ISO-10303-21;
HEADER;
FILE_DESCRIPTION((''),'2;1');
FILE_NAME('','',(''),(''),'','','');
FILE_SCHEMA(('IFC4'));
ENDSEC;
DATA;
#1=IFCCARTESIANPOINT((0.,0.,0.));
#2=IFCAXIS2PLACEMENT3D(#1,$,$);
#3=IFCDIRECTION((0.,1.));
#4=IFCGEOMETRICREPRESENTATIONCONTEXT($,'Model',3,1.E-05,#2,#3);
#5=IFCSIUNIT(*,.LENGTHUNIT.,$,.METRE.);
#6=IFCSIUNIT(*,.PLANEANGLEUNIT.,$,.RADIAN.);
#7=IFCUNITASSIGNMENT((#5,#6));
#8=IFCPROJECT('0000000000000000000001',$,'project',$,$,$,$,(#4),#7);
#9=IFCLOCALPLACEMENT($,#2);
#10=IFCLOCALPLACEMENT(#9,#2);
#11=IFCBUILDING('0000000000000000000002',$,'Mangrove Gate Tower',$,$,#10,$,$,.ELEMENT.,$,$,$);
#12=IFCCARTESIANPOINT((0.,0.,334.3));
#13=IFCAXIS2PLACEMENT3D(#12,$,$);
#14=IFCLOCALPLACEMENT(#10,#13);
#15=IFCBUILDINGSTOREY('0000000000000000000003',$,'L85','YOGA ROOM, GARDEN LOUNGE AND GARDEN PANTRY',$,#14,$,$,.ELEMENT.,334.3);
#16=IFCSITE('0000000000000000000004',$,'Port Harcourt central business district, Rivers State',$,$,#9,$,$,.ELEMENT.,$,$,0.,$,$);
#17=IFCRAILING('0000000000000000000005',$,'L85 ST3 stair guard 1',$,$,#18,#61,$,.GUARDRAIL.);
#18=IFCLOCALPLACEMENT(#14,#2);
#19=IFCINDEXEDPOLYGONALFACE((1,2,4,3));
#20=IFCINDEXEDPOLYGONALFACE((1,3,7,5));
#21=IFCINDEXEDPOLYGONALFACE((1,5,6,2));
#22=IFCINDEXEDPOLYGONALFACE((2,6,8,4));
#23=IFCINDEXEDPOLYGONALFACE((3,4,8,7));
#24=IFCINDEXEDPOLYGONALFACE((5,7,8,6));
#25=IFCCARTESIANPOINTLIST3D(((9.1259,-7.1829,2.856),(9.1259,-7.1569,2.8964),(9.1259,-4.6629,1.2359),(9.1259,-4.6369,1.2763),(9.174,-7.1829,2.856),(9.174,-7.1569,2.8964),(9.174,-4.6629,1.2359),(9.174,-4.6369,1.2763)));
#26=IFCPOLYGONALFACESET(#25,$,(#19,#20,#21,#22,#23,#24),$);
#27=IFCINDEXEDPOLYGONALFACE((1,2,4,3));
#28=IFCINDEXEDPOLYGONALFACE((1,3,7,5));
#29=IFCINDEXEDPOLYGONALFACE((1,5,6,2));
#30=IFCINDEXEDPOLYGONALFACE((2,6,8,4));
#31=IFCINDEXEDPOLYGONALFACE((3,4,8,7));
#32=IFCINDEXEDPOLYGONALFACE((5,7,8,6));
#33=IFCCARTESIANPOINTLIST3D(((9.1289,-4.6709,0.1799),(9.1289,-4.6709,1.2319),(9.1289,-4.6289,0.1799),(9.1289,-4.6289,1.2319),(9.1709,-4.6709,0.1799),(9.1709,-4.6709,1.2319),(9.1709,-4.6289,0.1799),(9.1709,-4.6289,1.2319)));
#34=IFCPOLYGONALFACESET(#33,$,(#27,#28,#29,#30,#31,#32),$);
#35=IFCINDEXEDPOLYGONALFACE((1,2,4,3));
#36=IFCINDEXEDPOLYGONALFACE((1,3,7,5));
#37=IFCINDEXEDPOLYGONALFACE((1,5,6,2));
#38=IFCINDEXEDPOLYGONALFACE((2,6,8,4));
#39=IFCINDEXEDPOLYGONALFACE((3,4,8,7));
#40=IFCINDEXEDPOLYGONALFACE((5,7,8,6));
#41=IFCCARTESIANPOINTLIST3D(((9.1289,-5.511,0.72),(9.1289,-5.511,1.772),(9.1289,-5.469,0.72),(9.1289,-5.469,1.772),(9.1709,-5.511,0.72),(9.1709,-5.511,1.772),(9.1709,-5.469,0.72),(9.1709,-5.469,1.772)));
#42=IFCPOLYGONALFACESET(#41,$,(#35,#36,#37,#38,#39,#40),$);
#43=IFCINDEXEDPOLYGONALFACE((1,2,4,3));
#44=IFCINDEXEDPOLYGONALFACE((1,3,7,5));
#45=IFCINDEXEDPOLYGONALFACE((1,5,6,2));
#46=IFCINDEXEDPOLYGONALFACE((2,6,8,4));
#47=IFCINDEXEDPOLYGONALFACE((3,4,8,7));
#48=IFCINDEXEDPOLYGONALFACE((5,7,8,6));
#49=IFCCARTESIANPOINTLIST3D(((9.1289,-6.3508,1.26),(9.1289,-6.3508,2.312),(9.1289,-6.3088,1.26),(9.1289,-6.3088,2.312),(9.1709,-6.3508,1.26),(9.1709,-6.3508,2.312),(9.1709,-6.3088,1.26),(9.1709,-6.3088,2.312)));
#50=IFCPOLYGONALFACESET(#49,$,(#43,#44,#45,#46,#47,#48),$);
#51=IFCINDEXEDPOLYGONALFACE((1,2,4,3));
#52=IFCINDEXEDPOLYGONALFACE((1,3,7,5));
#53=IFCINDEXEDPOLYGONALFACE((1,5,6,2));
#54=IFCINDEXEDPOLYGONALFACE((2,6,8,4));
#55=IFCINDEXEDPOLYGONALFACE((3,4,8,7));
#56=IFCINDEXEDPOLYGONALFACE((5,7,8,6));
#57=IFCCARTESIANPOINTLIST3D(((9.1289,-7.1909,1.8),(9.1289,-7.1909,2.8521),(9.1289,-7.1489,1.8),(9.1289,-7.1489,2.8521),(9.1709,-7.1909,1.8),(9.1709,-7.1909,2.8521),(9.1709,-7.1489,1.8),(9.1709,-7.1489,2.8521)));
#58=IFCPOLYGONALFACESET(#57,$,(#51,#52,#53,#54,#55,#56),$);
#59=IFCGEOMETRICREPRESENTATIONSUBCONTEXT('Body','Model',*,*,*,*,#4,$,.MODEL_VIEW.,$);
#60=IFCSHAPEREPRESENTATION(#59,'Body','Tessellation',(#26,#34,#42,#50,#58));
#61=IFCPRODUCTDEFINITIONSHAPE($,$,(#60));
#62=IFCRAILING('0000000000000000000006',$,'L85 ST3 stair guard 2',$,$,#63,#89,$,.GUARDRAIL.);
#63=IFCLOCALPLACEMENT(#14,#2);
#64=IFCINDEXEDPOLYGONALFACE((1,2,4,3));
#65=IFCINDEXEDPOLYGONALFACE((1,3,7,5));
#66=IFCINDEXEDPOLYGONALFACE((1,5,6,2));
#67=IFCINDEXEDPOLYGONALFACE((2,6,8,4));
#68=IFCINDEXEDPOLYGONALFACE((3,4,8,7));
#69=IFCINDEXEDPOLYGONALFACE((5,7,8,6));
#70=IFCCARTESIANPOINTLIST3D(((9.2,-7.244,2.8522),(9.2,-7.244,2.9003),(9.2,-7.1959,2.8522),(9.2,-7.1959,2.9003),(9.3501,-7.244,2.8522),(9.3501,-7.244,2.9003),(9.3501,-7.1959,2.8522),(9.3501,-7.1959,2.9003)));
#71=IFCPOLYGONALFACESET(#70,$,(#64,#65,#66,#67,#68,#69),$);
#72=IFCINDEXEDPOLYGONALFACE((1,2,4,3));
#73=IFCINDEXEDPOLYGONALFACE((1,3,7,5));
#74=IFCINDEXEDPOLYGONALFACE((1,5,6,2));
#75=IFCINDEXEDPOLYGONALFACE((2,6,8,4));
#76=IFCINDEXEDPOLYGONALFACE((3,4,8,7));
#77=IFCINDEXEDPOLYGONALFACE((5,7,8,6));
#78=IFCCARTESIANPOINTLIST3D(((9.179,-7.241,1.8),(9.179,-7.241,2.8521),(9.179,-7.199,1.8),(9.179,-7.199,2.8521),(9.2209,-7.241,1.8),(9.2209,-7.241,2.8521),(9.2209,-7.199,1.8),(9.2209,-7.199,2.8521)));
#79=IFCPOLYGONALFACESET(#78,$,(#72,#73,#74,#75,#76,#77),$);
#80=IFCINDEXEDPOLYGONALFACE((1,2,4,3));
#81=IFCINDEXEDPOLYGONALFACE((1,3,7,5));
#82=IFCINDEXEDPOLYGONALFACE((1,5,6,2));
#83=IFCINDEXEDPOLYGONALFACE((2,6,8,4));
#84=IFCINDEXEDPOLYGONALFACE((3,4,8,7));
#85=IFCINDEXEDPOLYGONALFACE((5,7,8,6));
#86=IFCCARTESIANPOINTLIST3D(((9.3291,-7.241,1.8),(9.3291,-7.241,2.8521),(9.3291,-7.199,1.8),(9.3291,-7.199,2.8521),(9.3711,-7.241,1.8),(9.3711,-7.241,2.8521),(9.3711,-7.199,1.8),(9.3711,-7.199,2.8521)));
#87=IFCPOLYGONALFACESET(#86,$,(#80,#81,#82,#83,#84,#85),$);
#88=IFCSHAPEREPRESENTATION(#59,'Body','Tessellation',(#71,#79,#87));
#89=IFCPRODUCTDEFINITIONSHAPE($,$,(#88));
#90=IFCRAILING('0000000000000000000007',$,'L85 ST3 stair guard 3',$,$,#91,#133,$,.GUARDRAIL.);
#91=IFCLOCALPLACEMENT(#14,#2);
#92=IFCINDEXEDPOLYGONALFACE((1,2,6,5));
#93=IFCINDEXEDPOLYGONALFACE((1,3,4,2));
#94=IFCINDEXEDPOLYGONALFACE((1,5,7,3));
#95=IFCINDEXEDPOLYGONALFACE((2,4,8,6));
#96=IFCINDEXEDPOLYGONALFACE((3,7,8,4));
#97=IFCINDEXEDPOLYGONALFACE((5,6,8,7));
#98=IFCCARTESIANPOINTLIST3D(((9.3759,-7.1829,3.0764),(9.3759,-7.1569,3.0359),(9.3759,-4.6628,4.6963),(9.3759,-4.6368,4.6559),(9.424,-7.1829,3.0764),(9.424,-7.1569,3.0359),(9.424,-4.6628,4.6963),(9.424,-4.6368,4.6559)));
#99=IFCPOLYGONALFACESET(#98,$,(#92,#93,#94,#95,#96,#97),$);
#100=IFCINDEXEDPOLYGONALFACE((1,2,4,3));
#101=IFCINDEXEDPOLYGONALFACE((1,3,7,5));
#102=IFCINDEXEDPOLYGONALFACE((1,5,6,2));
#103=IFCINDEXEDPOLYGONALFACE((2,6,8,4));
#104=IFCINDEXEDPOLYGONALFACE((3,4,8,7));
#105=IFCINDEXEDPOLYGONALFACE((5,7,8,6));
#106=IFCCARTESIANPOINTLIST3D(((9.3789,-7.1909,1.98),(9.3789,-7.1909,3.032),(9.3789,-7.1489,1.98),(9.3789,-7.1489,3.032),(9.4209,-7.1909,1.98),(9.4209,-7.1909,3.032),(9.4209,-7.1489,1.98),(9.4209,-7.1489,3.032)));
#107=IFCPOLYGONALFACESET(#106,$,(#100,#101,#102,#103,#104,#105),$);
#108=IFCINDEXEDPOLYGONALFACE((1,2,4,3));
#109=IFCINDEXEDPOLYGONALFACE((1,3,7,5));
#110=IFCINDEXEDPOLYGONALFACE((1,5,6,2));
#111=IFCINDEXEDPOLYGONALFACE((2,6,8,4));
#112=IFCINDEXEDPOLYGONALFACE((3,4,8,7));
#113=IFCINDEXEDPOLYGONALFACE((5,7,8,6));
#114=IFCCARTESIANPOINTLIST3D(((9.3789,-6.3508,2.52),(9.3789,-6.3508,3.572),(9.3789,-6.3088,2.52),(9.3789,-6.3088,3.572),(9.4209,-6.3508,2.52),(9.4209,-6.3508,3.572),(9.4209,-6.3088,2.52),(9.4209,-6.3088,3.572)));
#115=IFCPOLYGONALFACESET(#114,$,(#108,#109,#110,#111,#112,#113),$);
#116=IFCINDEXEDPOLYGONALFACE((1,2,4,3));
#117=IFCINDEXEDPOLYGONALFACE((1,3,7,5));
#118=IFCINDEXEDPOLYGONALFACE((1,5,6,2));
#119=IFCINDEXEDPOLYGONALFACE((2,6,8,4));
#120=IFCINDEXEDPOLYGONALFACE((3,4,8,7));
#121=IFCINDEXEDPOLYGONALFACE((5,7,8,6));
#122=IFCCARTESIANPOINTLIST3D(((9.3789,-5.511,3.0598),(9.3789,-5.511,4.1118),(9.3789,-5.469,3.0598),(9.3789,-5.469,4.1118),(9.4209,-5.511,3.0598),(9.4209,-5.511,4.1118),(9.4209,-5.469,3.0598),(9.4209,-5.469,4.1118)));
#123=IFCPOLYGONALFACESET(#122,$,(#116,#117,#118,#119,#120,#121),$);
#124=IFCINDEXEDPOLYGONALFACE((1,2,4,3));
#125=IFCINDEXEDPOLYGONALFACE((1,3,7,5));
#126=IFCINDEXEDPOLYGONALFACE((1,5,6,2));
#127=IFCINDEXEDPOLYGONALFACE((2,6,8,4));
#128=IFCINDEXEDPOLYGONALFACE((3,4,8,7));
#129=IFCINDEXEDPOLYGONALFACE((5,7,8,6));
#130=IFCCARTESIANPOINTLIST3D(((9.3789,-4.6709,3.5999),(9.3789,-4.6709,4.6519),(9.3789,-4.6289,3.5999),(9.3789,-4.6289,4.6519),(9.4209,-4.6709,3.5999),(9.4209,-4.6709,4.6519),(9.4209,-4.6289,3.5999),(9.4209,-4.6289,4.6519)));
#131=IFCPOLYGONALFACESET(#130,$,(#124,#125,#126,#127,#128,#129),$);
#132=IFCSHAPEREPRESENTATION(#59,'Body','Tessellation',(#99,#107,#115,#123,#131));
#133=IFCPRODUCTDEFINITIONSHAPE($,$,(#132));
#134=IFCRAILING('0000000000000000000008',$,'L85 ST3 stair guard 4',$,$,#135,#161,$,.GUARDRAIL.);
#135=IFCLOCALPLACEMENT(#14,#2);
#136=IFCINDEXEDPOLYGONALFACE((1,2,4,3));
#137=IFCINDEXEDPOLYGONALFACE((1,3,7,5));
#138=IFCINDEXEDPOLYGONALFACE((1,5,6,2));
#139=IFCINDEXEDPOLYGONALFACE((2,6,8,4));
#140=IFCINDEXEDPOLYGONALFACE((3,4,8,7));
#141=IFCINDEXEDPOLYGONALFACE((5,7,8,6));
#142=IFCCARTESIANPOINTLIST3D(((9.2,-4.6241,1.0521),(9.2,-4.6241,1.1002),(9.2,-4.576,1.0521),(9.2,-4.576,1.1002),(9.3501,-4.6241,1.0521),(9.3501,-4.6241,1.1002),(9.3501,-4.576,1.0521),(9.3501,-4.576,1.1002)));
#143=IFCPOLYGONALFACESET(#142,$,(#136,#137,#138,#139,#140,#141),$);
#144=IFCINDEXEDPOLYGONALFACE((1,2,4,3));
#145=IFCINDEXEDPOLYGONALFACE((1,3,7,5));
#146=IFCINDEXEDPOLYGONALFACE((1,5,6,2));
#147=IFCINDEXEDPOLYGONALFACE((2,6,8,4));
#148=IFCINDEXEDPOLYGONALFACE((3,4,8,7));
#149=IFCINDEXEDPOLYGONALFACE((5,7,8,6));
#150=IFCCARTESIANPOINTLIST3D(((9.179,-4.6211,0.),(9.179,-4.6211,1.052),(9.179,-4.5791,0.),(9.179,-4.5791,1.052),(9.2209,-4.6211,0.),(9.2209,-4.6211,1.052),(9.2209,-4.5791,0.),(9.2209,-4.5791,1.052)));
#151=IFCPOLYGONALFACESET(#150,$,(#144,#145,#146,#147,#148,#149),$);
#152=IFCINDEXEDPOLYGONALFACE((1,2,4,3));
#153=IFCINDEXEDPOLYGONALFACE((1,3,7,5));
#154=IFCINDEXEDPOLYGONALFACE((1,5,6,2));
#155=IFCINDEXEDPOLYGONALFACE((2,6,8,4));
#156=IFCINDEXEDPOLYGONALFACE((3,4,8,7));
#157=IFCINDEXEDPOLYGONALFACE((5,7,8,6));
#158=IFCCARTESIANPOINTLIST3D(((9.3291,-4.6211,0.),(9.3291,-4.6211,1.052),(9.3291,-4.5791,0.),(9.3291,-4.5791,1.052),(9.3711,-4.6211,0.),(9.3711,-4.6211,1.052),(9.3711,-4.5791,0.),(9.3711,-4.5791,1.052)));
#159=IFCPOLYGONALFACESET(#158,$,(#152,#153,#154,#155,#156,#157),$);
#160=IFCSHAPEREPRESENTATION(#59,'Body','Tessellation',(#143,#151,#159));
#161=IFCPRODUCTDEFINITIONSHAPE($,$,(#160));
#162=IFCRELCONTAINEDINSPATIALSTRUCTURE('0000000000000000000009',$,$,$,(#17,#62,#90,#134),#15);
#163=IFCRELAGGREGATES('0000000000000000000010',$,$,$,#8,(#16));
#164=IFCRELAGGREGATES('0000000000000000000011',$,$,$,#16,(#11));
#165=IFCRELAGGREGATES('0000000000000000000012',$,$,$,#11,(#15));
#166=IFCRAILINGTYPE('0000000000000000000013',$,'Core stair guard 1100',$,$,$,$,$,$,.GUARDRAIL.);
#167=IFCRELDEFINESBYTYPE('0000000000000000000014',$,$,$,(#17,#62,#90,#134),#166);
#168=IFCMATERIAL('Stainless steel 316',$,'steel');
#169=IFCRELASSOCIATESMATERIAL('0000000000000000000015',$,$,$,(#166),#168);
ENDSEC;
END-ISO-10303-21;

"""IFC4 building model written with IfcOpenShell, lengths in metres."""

from ifc_helpers import new_model, si_unit, direction, frame, origin, origin_2d, place, context, subcontext, project, spatial, rectangle, extrude, material, type_object, element, save


model = new_model("IFC4")

# Units and contexts
model_context = context("Model", 3, precision=1e-05, world=origin(), true_north=direction((0.0, 1.0)))
body_context = subcontext(model_context, "Body", "Model", "MODEL_VIEW")
ifc_project = project(units=[si_unit("LENGTHUNIT", "METRE"), si_unit("PLANEANGLEUNIT", "RADIAN")], contexts=[model_context])

# Site, building, storey
site_placement = place(None, origin())
site = spatial("IfcSite", under=ifc_project, at=site_placement, Name="Port Harcourt central business district, Rivers State", CompositionType="ELEMENT", RefElevation=0.0)
building_placement = place(site_placement, origin())
building = spatial("IfcBuilding", under=site, at=building_placement, Name="Mangrove Gate Tower", CompositionType="ELEMENT")
storey_placement = place(building_placement, frame((0.0, 0.0, 334.3)))
storey = spatial("IfcBuildingStorey", under=building, at=storey_placement, Name="L85", Description="YOGA ROOM, GARDEN LOUNGE AND GARDEN PANTRY", CompositionType="ELEMENT", Elevation=334.3)

# Railings
ifc_material_1 = material(Name="Stainless steel 316", Category="steel")
railing_type_1 = type_object("IfcRailingType", Name="Core stair guard 1100", PredefinedType="GUARDRAIL", material=ifc_material_1)
railing_1_placement = place(storey_placement, frame((9.1499, -4.6499, 0.1799)))
element("IfcRailing", 1, at=railing_1_placement, inside=storey, type_object=railing_type_1, Name="L85 ST3 stair guard 1", PredefinedType="GUARDRAIL", context=body_context, shape_type="SweptSolid", body=[
    extrude(rectangle(XDim=0.0481, YDim=0.0481, at=origin_2d()), frame((0.0, 0.0, 1.0762), z_axis=(0.0, -0.841163, 0.540782), x_axis=(1.0, 0.0, 0.0)), (0.0, 0.0, 1.0), 2.9958),
    extrude(rectangle(XDim=0.042, YDim=0.042, at=origin_2d()), origin(), (0.0, 0.0, 1.0), 1.052),
    extrude(rectangle(XDim=0.042, YDim=0.042, at=origin_2d()), frame((0.0, -0.8401, 0.54)), (0.0, 0.0, 1.0), 1.052),
    extrude(rectangle(XDim=0.042, YDim=0.042, at=origin_2d()), frame((0.0, -1.6799, 1.0801)), (0.0, 0.0, 1.0), 1.052),
    extrude(rectangle(XDim=0.042, YDim=0.042, at=origin_2d()), frame((0.0, -2.52, 1.6201)), (0.0, 0.0, 1.0), 1.052),
])
railing_2_placement = place(storey_placement, frame((9.2, -7.22, 1.8)))
element("IfcRailing", 2, at=railing_2_placement, inside=storey, type_object=railing_type_1, Name="L85 ST3 stair guard 2", PredefinedType="GUARDRAIL", context=body_context, shape_type="SweptSolid", body=[
    extrude(rectangle(XDim=0.0481, YDim=0.0481, at=origin_2d()), frame((0.0, 0.0, 1.0762), z_axis=(1.0, 0.0, 0.0), x_axis=(0.0, 1.0, 0.0)), (0.0, 0.0, 1.0), 0.1501),
    extrude(rectangle(XDim=0.042, YDim=0.042, at=origin_2d()), origin(), (0.0, 0.0, 1.0), 1.052),
    extrude(rectangle(XDim=0.042, YDim=0.042, at=origin_2d()), frame((0.1501, 0.0, 0.0)), (0.0, 0.0, 1.0), 1.052),
])
railing_3_placement = place(storey_placement, frame((9.3999, -7.1699, 1.98)))
element("IfcRailing", 3, at=railing_3_placement, inside=storey, type_object=railing_type_1, Name="L85 ST3 stair guard 3", PredefinedType="GUARDRAIL", context=body_context, shape_type="SweptSolid", body=[
    extrude(rectangle(XDim=0.0481, YDim=0.0481, at=origin_2d()), frame((0.0, 0.0, 1.0762), z_axis=(0.0, 0.8412, 0.540725), x_axis=(-1.0, 0.0, 0.0)), (0.0, 0.0, 1.0), 2.9958),
    extrude(rectangle(XDim=0.042, YDim=0.042, at=origin_2d()), origin(), (0.0, 0.0, 1.0), 1.052),
    extrude(rectangle(XDim=0.042, YDim=0.042, at=origin_2d()), frame((0.0, 0.8401, 0.54)), (0.0, 0.0, 1.0), 1.052),
    extrude(rectangle(XDim=0.042, YDim=0.042, at=origin_2d()), frame((0.0, 1.6799, 1.0798)), (0.0, 0.0, 1.0), 1.052),
    extrude(rectangle(XDim=0.042, YDim=0.042, at=origin_2d()), frame((0.0, 2.52, 1.6199)), (0.0, 0.0, 1.0), 1.052),
])
railing_4_placement = place(storey_placement, frame((9.2, -4.6001, 0.0)))
element("IfcRailing", 4, at=railing_4_placement, inside=storey, type_object=railing_type_1, Name="L85 ST3 stair guard 4", PredefinedType="GUARDRAIL", context=body_context, shape_type="SweptSolid", body=[
    extrude(rectangle(XDim=0.0481, YDim=0.0481, at=origin_2d()), frame((0.0, 0.0, 1.0762), z_axis=(1.0, 0.0, 0.0), x_axis=(0.0, 1.0, 0.0)), (0.0, 0.0, 1.0), 0.1501),
    extrude(rectangle(XDim=0.042, YDim=0.042, at=origin_2d()), origin(), (0.0, 0.0, 1.0), 1.052),
    extrude(rectangle(XDim=0.042, YDim=0.042, at=origin_2d()), frame((0.1501, 0.0, 0.0)), (0.0, 0.0, 1.0), 1.052),
])

save(model, "model.ifc")
